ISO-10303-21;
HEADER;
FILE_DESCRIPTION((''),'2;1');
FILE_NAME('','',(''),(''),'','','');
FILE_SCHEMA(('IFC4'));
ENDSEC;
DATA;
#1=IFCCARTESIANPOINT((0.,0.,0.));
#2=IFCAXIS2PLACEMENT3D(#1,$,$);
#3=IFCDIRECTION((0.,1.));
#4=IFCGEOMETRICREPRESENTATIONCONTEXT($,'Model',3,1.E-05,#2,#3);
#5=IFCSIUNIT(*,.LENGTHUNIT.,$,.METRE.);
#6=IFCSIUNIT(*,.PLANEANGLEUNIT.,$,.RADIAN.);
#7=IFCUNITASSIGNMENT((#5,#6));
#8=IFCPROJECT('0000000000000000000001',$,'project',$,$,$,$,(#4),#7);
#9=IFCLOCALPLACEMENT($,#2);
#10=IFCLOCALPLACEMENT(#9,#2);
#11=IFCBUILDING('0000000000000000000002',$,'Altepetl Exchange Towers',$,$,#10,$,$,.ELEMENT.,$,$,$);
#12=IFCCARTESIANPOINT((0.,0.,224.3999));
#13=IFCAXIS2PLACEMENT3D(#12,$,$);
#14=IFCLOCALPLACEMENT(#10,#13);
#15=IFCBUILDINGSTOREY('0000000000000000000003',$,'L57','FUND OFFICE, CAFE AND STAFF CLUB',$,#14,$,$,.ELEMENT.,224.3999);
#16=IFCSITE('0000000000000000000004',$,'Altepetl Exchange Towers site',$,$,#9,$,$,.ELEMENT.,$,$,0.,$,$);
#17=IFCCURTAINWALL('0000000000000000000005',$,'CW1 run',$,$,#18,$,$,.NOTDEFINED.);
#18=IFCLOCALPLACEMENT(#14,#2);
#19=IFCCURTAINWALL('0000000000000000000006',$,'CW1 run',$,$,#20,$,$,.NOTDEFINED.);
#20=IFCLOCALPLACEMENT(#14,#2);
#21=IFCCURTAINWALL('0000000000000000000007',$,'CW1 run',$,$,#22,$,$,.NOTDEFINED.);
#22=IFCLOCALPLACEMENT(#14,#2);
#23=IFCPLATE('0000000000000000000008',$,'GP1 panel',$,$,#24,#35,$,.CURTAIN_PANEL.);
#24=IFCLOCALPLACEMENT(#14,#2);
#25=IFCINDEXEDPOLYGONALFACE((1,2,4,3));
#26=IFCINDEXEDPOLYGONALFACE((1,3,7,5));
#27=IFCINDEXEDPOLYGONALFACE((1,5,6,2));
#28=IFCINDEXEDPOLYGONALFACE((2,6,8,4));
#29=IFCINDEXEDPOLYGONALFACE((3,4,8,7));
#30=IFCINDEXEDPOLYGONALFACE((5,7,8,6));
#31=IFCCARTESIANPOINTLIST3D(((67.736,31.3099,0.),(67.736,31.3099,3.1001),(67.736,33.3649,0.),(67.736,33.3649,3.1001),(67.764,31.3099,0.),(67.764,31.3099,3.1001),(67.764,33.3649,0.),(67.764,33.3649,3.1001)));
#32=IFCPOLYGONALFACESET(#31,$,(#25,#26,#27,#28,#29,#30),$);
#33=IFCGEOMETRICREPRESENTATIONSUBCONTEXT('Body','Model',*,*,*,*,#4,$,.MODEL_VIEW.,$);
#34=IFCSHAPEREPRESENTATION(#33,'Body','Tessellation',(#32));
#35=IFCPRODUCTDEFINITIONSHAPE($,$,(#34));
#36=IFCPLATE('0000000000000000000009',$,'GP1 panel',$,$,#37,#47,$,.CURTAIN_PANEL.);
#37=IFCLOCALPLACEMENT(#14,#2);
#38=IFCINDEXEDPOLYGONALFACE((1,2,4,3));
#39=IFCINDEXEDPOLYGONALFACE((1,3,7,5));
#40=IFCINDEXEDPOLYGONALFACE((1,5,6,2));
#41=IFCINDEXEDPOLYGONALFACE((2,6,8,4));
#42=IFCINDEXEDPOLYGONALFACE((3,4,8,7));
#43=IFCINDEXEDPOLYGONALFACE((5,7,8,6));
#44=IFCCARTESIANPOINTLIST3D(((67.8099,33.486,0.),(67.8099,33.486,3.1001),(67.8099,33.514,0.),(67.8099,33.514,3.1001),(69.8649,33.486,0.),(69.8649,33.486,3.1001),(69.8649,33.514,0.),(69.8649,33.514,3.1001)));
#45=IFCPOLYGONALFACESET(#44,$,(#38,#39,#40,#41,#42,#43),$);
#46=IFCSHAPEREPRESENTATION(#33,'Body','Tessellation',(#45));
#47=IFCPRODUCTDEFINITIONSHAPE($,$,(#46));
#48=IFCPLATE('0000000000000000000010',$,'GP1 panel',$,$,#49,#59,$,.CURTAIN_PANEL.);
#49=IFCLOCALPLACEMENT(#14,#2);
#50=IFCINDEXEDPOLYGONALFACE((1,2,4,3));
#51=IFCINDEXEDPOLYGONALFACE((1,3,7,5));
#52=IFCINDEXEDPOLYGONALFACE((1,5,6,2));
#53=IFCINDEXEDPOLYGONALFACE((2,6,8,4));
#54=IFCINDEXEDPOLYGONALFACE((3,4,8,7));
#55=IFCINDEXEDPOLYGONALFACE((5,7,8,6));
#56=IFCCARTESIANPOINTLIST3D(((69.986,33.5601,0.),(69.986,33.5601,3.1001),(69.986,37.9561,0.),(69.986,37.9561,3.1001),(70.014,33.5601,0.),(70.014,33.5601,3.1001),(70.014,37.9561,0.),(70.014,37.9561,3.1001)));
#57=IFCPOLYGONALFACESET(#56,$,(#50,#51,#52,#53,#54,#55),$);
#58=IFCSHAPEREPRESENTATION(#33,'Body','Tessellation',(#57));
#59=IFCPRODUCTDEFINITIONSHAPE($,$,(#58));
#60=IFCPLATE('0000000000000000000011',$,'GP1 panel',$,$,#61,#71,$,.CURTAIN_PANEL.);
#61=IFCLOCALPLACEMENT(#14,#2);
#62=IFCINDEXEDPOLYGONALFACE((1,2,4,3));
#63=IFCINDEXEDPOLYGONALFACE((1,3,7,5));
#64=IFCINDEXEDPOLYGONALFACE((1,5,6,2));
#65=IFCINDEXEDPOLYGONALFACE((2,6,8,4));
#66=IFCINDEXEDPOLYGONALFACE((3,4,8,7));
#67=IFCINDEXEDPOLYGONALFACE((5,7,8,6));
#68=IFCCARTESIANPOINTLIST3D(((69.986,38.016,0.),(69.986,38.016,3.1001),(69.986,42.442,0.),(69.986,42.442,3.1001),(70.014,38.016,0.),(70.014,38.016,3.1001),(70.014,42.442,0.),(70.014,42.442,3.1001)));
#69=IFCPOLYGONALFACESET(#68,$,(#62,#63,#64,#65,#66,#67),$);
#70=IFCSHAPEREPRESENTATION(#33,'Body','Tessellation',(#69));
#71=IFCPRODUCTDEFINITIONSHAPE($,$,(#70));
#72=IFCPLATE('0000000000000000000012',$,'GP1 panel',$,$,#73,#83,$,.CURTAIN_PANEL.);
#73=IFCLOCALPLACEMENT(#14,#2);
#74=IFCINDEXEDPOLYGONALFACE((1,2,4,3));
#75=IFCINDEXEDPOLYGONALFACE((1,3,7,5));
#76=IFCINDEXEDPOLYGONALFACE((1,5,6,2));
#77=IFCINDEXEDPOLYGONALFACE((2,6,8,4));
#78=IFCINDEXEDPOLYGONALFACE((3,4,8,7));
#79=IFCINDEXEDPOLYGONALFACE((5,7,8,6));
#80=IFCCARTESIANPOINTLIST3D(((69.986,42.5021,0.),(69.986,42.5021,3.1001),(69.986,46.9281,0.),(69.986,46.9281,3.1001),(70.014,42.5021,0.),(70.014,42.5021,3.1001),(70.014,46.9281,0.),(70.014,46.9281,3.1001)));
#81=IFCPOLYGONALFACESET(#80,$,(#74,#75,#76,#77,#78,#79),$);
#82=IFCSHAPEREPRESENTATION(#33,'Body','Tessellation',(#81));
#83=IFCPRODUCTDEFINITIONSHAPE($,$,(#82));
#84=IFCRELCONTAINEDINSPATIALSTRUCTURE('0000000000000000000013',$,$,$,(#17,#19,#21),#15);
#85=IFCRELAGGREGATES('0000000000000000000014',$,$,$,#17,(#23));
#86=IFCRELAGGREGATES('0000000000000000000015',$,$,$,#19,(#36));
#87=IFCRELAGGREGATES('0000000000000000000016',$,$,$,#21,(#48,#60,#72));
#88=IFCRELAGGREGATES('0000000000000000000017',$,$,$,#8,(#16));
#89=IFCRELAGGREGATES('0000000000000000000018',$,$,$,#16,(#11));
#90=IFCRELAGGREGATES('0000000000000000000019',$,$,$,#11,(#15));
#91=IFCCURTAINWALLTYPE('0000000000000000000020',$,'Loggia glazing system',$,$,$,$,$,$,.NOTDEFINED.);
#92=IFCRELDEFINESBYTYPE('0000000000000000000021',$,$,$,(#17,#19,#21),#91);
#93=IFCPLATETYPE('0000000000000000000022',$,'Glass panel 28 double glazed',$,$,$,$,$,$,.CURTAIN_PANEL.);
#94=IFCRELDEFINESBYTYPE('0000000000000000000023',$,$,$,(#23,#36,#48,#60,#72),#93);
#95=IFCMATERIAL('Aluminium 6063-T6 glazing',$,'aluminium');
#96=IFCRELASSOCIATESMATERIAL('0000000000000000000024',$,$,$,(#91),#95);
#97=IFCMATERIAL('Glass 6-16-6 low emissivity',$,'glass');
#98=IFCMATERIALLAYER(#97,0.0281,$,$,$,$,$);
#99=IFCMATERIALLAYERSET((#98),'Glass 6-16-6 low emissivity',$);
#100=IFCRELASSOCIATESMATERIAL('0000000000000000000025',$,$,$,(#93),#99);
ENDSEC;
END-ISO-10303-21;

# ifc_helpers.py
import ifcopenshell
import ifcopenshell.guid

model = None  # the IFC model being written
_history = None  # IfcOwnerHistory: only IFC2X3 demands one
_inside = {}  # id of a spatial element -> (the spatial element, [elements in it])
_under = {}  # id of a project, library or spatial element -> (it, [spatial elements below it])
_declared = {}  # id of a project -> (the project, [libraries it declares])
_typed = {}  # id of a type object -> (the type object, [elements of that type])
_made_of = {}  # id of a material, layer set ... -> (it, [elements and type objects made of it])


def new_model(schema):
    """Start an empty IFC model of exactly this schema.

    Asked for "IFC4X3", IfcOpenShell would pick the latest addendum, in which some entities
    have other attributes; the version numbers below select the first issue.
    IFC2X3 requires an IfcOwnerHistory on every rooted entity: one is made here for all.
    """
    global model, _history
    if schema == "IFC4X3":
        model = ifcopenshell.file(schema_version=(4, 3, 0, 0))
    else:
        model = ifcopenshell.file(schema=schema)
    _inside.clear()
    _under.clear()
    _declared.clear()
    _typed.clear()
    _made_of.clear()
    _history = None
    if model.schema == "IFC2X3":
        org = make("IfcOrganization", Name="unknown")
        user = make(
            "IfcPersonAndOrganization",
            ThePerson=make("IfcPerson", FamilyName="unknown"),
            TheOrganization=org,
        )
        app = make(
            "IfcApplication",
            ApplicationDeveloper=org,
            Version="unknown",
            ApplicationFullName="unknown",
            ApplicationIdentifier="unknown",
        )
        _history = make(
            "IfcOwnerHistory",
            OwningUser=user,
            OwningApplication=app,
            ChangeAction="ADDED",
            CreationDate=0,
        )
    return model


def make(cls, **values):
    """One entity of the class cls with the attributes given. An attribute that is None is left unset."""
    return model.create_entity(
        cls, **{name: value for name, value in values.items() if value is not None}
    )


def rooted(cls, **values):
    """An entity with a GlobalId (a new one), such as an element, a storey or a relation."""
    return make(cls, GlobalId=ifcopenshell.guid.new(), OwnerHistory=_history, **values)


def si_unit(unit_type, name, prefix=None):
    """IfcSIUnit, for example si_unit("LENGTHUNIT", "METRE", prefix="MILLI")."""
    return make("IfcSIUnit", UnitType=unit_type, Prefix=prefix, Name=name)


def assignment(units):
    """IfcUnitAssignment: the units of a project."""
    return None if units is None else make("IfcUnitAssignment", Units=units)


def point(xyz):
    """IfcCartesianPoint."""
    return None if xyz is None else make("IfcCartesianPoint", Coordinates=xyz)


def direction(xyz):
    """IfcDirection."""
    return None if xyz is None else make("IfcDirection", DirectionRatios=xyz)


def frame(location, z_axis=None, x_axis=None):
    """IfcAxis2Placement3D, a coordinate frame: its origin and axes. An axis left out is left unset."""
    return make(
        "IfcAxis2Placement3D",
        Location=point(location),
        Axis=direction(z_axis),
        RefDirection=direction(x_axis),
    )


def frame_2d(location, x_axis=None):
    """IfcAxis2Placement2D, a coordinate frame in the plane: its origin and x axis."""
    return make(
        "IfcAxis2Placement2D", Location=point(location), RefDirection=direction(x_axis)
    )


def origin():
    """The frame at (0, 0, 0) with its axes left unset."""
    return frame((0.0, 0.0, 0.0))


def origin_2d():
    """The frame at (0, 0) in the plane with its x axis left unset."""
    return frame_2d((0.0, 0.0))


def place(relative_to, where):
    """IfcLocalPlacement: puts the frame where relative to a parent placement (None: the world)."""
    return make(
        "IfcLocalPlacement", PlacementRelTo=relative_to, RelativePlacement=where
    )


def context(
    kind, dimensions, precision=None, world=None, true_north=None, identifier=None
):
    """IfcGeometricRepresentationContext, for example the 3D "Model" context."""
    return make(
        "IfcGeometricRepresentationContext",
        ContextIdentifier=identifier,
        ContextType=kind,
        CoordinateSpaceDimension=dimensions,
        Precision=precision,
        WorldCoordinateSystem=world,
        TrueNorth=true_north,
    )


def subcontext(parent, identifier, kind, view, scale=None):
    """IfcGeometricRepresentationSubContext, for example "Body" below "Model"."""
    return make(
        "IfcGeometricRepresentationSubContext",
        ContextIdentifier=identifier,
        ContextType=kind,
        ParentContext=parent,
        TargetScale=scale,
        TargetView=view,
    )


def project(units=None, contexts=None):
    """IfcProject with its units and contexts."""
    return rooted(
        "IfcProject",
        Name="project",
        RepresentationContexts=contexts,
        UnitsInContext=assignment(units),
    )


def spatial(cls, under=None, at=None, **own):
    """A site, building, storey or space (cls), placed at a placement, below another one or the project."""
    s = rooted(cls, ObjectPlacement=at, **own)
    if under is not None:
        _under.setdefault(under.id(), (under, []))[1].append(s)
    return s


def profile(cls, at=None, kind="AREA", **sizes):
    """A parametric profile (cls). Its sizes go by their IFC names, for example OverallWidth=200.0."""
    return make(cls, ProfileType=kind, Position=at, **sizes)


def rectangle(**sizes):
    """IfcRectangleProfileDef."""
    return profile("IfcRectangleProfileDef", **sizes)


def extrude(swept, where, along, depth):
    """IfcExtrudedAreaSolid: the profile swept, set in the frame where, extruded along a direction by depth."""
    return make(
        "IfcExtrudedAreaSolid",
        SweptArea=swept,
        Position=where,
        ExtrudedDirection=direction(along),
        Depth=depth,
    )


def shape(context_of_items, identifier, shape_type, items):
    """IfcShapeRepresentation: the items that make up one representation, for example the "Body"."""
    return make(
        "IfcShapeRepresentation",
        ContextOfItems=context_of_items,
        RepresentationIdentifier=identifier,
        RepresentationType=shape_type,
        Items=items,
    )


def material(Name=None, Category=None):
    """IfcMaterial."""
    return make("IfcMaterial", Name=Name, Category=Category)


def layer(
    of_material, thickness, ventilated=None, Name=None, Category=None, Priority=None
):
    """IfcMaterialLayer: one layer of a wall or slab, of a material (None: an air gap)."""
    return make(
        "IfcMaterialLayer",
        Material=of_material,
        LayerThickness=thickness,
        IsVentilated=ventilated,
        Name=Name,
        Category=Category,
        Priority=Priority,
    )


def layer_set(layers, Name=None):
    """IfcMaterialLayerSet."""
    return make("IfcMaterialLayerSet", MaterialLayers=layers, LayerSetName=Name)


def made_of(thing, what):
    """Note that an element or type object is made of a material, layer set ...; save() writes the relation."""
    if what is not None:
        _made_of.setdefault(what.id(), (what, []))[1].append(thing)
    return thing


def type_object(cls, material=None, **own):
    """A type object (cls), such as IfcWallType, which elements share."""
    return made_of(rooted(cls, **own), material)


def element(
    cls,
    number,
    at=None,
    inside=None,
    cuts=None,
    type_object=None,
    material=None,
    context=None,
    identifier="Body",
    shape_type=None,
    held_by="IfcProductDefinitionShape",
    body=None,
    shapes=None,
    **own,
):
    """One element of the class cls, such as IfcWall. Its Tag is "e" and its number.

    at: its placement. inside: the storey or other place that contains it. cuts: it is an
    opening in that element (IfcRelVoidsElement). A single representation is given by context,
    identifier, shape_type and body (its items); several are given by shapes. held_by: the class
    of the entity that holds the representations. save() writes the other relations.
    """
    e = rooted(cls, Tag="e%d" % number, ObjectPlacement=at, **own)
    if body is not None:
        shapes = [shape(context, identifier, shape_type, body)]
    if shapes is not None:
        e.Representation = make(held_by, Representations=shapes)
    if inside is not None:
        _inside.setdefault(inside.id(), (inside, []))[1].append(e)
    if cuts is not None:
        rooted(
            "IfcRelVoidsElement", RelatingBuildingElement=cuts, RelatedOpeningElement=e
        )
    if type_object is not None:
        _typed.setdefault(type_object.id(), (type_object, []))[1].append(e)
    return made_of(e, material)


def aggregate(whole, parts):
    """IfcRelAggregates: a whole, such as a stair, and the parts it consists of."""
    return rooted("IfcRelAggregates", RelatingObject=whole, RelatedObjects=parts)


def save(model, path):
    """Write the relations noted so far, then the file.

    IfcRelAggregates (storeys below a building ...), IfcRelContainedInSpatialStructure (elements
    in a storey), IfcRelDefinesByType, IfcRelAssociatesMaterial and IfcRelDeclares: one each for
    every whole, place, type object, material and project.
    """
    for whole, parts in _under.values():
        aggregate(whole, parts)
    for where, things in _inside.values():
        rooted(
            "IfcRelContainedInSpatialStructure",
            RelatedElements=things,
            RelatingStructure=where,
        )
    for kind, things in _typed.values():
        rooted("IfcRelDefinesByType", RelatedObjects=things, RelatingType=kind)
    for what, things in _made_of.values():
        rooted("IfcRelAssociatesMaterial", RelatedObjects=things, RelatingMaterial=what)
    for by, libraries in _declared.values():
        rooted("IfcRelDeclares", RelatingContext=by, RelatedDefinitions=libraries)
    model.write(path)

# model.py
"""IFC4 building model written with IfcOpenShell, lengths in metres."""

from ifc_helpers import new_model, si_unit, direction, frame, origin, origin_2d, place, context, subcontext, project, spatial, rectangle, extrude, material, layer, layer_set, type_object, element, aggregate, save


model = new_model("IFC4")

# Units and contexts
model_context = context("Model", 3, precision=1e-05, world=origin(), true_north=direction((0.0, 1.0)))
body_context = subcontext(model_context, "Body", "Model", "MODEL_VIEW")
ifc_project = project(units=[si_unit("LENGTHUNIT", "METRE"), si_unit("PLANEANGLEUNIT", "RADIAN")], contexts=[model_context])

# Site, building, storey
site_placement = place(None, origin())
site = spatial("IfcSite", under=ifc_project, at=site_placement, Name="Altepetl Exchange Towers site", CompositionType="ELEMENT", RefElevation=0.0)
building_placement = place(site_placement, origin())
building = spatial("IfcBuilding", under=site, at=building_placement, Name="Altepetl Exchange Towers", CompositionType="ELEMENT")
storey_placement = place(building_placement, frame((0.0, 0.0, 224.3999)))
storey = spatial("IfcBuildingStorey", under=building, at=storey_placement, Name="L57", Description="FUND OFFICE, CAFE AND STAFF CLUB", CompositionType="ELEMENT", Elevation=224.3999)

# Curtain wall
ifc_material_1 = material(Name="Aluminium 6063-T6 glazing", Category="aluminium")
curtain_wall_type = type_object("IfcCurtainWallType", Name="Loggia glazing system", PredefinedType="NOTDEFINED", material=ifc_material_1)
curtain_wall_1_placement = place(storey_placement, origin())
curtain_wall_1 = element("IfcCurtainWall", 1, at=curtain_wall_1_placement, inside=storey, type_object=curtain_wall_type, Name="CW1 run", PredefinedType="NOTDEFINED")

# Curtain walls
curtain_wall_2_placement = place(storey_placement, origin())
curtain_wall_2 = element("IfcCurtainWall", 2, at=curtain_wall_2_placement, inside=storey, type_object=curtain_wall_type, Name="CW1 run", PredefinedType="NOTDEFINED")
curtain_wall_3_placement = place(storey_placement, origin())
curtain_wall_3 = element("IfcCurtainWall", 3, at=curtain_wall_3_placement, inside=storey, type_object=curtain_wall_type, Name="CW1 run", PredefinedType="NOTDEFINED")

# Plates
ifc_material_2 = material(Name="Glass 6-16-6 low emissivity", Category="glass")
ifc_layer = layer(ifc_material_2, 0.0281)
ifc_layer_set = layer_set([ifc_layer], Name="Glass 6-16-6 low emissivity")
plate_type = type_object("IfcPlateType", Name="Glass panel 28 double glazed", PredefinedType="CURTAIN_PANEL", material=ifc_layer_set)
plate_1_placement = place(storey_placement, frame((67.75, 32.3374, 0.0), z_axis=(0.0, 0.0, 1.0), x_axis=(0.0, 1.0, 0.0)))
plate_1 = element("IfcPlate", 4, at=plate_1_placement, type_object=plate_type, Name="GP1 panel", PredefinedType="CURTAIN_PANEL", context=body_context, shape_type="SweptSolid", body=[
    extrude(rectangle(XDim=2.0549, YDim=0.0281, at=origin_2d()), origin(), (0.0, 0.0, 1.0), 3.1001),
])
aggregate(curtain_wall_1, [plate_1])
plate_2_placement = place(storey_placement, frame((68.8374, 33.5, 0.0)))
plate_2 = element("IfcPlate", 5, at=plate_2_placement, type_object=plate_type, Name="GP1 panel", PredefinedType="CURTAIN_PANEL", context=body_context, shape_type="SweptSolid", body=[
    extrude(rectangle(XDim=2.0549, YDim=0.0281, at=origin_2d()), origin(), (0.0, 0.0, 1.0), 3.1001),
])
aggregate(curtain_wall_2, [plate_2])
plate_3_placement = place(storey_placement, frame((70.0, 35.7581, 0.0), z_axis=(0.0, 0.0, 1.0), x_axis=(0.0, 1.0, 0.0)))
plate_3 = element("IfcPlate", 6, at=plate_3_placement, type_object=plate_type, Name="GP1 panel", PredefinedType="CURTAIN_PANEL", context=body_context, shape_type="SweptSolid", body=[
    extrude(rectangle(XDim=4.396, YDim=0.0281, at=origin_2d()), origin(), (0.0, 0.0, 1.0), 3.1001),
])
plate_4_placement = place(storey_placement, frame((70.0, 40.229, 0.0), z_axis=(0.0, 0.0, 1.0), x_axis=(0.0, 1.0, 0.0)))
plate_4 = element("IfcPlate", 7, at=plate_4_placement, type_object=plate_type, Name="GP1 panel", PredefinedType="CURTAIN_PANEL", context=body_context, shape_type="SweptSolid", body=[
    extrude(rectangle(XDim=4.426, YDim=0.0281, at=origin_2d()), origin(), (0.0, 0.0, 1.0), 3.1001),
])
plate_5_placement = place(storey_placement, frame((70.0, 44.7151, 0.0), z_axis=(0.0, 0.0, 1.0), x_axis=(0.0, 1.0, 0.0)))
plate_5 = element("IfcPlate", 8, at=plate_5_placement, type_object=plate_type, Name="GP1 panel", PredefinedType="CURTAIN_PANEL", context=body_context, shape_type="SweptSolid", body=[
    extrude(rectangle(XDim=4.426, YDim=0.0281, at=origin_2d()), origin(), (0.0, 0.0, 1.0), 3.1001),
])
aggregate(curtain_wall_3, [plate_3, plate_4, plate_5])

save(model, "model.ifc")
